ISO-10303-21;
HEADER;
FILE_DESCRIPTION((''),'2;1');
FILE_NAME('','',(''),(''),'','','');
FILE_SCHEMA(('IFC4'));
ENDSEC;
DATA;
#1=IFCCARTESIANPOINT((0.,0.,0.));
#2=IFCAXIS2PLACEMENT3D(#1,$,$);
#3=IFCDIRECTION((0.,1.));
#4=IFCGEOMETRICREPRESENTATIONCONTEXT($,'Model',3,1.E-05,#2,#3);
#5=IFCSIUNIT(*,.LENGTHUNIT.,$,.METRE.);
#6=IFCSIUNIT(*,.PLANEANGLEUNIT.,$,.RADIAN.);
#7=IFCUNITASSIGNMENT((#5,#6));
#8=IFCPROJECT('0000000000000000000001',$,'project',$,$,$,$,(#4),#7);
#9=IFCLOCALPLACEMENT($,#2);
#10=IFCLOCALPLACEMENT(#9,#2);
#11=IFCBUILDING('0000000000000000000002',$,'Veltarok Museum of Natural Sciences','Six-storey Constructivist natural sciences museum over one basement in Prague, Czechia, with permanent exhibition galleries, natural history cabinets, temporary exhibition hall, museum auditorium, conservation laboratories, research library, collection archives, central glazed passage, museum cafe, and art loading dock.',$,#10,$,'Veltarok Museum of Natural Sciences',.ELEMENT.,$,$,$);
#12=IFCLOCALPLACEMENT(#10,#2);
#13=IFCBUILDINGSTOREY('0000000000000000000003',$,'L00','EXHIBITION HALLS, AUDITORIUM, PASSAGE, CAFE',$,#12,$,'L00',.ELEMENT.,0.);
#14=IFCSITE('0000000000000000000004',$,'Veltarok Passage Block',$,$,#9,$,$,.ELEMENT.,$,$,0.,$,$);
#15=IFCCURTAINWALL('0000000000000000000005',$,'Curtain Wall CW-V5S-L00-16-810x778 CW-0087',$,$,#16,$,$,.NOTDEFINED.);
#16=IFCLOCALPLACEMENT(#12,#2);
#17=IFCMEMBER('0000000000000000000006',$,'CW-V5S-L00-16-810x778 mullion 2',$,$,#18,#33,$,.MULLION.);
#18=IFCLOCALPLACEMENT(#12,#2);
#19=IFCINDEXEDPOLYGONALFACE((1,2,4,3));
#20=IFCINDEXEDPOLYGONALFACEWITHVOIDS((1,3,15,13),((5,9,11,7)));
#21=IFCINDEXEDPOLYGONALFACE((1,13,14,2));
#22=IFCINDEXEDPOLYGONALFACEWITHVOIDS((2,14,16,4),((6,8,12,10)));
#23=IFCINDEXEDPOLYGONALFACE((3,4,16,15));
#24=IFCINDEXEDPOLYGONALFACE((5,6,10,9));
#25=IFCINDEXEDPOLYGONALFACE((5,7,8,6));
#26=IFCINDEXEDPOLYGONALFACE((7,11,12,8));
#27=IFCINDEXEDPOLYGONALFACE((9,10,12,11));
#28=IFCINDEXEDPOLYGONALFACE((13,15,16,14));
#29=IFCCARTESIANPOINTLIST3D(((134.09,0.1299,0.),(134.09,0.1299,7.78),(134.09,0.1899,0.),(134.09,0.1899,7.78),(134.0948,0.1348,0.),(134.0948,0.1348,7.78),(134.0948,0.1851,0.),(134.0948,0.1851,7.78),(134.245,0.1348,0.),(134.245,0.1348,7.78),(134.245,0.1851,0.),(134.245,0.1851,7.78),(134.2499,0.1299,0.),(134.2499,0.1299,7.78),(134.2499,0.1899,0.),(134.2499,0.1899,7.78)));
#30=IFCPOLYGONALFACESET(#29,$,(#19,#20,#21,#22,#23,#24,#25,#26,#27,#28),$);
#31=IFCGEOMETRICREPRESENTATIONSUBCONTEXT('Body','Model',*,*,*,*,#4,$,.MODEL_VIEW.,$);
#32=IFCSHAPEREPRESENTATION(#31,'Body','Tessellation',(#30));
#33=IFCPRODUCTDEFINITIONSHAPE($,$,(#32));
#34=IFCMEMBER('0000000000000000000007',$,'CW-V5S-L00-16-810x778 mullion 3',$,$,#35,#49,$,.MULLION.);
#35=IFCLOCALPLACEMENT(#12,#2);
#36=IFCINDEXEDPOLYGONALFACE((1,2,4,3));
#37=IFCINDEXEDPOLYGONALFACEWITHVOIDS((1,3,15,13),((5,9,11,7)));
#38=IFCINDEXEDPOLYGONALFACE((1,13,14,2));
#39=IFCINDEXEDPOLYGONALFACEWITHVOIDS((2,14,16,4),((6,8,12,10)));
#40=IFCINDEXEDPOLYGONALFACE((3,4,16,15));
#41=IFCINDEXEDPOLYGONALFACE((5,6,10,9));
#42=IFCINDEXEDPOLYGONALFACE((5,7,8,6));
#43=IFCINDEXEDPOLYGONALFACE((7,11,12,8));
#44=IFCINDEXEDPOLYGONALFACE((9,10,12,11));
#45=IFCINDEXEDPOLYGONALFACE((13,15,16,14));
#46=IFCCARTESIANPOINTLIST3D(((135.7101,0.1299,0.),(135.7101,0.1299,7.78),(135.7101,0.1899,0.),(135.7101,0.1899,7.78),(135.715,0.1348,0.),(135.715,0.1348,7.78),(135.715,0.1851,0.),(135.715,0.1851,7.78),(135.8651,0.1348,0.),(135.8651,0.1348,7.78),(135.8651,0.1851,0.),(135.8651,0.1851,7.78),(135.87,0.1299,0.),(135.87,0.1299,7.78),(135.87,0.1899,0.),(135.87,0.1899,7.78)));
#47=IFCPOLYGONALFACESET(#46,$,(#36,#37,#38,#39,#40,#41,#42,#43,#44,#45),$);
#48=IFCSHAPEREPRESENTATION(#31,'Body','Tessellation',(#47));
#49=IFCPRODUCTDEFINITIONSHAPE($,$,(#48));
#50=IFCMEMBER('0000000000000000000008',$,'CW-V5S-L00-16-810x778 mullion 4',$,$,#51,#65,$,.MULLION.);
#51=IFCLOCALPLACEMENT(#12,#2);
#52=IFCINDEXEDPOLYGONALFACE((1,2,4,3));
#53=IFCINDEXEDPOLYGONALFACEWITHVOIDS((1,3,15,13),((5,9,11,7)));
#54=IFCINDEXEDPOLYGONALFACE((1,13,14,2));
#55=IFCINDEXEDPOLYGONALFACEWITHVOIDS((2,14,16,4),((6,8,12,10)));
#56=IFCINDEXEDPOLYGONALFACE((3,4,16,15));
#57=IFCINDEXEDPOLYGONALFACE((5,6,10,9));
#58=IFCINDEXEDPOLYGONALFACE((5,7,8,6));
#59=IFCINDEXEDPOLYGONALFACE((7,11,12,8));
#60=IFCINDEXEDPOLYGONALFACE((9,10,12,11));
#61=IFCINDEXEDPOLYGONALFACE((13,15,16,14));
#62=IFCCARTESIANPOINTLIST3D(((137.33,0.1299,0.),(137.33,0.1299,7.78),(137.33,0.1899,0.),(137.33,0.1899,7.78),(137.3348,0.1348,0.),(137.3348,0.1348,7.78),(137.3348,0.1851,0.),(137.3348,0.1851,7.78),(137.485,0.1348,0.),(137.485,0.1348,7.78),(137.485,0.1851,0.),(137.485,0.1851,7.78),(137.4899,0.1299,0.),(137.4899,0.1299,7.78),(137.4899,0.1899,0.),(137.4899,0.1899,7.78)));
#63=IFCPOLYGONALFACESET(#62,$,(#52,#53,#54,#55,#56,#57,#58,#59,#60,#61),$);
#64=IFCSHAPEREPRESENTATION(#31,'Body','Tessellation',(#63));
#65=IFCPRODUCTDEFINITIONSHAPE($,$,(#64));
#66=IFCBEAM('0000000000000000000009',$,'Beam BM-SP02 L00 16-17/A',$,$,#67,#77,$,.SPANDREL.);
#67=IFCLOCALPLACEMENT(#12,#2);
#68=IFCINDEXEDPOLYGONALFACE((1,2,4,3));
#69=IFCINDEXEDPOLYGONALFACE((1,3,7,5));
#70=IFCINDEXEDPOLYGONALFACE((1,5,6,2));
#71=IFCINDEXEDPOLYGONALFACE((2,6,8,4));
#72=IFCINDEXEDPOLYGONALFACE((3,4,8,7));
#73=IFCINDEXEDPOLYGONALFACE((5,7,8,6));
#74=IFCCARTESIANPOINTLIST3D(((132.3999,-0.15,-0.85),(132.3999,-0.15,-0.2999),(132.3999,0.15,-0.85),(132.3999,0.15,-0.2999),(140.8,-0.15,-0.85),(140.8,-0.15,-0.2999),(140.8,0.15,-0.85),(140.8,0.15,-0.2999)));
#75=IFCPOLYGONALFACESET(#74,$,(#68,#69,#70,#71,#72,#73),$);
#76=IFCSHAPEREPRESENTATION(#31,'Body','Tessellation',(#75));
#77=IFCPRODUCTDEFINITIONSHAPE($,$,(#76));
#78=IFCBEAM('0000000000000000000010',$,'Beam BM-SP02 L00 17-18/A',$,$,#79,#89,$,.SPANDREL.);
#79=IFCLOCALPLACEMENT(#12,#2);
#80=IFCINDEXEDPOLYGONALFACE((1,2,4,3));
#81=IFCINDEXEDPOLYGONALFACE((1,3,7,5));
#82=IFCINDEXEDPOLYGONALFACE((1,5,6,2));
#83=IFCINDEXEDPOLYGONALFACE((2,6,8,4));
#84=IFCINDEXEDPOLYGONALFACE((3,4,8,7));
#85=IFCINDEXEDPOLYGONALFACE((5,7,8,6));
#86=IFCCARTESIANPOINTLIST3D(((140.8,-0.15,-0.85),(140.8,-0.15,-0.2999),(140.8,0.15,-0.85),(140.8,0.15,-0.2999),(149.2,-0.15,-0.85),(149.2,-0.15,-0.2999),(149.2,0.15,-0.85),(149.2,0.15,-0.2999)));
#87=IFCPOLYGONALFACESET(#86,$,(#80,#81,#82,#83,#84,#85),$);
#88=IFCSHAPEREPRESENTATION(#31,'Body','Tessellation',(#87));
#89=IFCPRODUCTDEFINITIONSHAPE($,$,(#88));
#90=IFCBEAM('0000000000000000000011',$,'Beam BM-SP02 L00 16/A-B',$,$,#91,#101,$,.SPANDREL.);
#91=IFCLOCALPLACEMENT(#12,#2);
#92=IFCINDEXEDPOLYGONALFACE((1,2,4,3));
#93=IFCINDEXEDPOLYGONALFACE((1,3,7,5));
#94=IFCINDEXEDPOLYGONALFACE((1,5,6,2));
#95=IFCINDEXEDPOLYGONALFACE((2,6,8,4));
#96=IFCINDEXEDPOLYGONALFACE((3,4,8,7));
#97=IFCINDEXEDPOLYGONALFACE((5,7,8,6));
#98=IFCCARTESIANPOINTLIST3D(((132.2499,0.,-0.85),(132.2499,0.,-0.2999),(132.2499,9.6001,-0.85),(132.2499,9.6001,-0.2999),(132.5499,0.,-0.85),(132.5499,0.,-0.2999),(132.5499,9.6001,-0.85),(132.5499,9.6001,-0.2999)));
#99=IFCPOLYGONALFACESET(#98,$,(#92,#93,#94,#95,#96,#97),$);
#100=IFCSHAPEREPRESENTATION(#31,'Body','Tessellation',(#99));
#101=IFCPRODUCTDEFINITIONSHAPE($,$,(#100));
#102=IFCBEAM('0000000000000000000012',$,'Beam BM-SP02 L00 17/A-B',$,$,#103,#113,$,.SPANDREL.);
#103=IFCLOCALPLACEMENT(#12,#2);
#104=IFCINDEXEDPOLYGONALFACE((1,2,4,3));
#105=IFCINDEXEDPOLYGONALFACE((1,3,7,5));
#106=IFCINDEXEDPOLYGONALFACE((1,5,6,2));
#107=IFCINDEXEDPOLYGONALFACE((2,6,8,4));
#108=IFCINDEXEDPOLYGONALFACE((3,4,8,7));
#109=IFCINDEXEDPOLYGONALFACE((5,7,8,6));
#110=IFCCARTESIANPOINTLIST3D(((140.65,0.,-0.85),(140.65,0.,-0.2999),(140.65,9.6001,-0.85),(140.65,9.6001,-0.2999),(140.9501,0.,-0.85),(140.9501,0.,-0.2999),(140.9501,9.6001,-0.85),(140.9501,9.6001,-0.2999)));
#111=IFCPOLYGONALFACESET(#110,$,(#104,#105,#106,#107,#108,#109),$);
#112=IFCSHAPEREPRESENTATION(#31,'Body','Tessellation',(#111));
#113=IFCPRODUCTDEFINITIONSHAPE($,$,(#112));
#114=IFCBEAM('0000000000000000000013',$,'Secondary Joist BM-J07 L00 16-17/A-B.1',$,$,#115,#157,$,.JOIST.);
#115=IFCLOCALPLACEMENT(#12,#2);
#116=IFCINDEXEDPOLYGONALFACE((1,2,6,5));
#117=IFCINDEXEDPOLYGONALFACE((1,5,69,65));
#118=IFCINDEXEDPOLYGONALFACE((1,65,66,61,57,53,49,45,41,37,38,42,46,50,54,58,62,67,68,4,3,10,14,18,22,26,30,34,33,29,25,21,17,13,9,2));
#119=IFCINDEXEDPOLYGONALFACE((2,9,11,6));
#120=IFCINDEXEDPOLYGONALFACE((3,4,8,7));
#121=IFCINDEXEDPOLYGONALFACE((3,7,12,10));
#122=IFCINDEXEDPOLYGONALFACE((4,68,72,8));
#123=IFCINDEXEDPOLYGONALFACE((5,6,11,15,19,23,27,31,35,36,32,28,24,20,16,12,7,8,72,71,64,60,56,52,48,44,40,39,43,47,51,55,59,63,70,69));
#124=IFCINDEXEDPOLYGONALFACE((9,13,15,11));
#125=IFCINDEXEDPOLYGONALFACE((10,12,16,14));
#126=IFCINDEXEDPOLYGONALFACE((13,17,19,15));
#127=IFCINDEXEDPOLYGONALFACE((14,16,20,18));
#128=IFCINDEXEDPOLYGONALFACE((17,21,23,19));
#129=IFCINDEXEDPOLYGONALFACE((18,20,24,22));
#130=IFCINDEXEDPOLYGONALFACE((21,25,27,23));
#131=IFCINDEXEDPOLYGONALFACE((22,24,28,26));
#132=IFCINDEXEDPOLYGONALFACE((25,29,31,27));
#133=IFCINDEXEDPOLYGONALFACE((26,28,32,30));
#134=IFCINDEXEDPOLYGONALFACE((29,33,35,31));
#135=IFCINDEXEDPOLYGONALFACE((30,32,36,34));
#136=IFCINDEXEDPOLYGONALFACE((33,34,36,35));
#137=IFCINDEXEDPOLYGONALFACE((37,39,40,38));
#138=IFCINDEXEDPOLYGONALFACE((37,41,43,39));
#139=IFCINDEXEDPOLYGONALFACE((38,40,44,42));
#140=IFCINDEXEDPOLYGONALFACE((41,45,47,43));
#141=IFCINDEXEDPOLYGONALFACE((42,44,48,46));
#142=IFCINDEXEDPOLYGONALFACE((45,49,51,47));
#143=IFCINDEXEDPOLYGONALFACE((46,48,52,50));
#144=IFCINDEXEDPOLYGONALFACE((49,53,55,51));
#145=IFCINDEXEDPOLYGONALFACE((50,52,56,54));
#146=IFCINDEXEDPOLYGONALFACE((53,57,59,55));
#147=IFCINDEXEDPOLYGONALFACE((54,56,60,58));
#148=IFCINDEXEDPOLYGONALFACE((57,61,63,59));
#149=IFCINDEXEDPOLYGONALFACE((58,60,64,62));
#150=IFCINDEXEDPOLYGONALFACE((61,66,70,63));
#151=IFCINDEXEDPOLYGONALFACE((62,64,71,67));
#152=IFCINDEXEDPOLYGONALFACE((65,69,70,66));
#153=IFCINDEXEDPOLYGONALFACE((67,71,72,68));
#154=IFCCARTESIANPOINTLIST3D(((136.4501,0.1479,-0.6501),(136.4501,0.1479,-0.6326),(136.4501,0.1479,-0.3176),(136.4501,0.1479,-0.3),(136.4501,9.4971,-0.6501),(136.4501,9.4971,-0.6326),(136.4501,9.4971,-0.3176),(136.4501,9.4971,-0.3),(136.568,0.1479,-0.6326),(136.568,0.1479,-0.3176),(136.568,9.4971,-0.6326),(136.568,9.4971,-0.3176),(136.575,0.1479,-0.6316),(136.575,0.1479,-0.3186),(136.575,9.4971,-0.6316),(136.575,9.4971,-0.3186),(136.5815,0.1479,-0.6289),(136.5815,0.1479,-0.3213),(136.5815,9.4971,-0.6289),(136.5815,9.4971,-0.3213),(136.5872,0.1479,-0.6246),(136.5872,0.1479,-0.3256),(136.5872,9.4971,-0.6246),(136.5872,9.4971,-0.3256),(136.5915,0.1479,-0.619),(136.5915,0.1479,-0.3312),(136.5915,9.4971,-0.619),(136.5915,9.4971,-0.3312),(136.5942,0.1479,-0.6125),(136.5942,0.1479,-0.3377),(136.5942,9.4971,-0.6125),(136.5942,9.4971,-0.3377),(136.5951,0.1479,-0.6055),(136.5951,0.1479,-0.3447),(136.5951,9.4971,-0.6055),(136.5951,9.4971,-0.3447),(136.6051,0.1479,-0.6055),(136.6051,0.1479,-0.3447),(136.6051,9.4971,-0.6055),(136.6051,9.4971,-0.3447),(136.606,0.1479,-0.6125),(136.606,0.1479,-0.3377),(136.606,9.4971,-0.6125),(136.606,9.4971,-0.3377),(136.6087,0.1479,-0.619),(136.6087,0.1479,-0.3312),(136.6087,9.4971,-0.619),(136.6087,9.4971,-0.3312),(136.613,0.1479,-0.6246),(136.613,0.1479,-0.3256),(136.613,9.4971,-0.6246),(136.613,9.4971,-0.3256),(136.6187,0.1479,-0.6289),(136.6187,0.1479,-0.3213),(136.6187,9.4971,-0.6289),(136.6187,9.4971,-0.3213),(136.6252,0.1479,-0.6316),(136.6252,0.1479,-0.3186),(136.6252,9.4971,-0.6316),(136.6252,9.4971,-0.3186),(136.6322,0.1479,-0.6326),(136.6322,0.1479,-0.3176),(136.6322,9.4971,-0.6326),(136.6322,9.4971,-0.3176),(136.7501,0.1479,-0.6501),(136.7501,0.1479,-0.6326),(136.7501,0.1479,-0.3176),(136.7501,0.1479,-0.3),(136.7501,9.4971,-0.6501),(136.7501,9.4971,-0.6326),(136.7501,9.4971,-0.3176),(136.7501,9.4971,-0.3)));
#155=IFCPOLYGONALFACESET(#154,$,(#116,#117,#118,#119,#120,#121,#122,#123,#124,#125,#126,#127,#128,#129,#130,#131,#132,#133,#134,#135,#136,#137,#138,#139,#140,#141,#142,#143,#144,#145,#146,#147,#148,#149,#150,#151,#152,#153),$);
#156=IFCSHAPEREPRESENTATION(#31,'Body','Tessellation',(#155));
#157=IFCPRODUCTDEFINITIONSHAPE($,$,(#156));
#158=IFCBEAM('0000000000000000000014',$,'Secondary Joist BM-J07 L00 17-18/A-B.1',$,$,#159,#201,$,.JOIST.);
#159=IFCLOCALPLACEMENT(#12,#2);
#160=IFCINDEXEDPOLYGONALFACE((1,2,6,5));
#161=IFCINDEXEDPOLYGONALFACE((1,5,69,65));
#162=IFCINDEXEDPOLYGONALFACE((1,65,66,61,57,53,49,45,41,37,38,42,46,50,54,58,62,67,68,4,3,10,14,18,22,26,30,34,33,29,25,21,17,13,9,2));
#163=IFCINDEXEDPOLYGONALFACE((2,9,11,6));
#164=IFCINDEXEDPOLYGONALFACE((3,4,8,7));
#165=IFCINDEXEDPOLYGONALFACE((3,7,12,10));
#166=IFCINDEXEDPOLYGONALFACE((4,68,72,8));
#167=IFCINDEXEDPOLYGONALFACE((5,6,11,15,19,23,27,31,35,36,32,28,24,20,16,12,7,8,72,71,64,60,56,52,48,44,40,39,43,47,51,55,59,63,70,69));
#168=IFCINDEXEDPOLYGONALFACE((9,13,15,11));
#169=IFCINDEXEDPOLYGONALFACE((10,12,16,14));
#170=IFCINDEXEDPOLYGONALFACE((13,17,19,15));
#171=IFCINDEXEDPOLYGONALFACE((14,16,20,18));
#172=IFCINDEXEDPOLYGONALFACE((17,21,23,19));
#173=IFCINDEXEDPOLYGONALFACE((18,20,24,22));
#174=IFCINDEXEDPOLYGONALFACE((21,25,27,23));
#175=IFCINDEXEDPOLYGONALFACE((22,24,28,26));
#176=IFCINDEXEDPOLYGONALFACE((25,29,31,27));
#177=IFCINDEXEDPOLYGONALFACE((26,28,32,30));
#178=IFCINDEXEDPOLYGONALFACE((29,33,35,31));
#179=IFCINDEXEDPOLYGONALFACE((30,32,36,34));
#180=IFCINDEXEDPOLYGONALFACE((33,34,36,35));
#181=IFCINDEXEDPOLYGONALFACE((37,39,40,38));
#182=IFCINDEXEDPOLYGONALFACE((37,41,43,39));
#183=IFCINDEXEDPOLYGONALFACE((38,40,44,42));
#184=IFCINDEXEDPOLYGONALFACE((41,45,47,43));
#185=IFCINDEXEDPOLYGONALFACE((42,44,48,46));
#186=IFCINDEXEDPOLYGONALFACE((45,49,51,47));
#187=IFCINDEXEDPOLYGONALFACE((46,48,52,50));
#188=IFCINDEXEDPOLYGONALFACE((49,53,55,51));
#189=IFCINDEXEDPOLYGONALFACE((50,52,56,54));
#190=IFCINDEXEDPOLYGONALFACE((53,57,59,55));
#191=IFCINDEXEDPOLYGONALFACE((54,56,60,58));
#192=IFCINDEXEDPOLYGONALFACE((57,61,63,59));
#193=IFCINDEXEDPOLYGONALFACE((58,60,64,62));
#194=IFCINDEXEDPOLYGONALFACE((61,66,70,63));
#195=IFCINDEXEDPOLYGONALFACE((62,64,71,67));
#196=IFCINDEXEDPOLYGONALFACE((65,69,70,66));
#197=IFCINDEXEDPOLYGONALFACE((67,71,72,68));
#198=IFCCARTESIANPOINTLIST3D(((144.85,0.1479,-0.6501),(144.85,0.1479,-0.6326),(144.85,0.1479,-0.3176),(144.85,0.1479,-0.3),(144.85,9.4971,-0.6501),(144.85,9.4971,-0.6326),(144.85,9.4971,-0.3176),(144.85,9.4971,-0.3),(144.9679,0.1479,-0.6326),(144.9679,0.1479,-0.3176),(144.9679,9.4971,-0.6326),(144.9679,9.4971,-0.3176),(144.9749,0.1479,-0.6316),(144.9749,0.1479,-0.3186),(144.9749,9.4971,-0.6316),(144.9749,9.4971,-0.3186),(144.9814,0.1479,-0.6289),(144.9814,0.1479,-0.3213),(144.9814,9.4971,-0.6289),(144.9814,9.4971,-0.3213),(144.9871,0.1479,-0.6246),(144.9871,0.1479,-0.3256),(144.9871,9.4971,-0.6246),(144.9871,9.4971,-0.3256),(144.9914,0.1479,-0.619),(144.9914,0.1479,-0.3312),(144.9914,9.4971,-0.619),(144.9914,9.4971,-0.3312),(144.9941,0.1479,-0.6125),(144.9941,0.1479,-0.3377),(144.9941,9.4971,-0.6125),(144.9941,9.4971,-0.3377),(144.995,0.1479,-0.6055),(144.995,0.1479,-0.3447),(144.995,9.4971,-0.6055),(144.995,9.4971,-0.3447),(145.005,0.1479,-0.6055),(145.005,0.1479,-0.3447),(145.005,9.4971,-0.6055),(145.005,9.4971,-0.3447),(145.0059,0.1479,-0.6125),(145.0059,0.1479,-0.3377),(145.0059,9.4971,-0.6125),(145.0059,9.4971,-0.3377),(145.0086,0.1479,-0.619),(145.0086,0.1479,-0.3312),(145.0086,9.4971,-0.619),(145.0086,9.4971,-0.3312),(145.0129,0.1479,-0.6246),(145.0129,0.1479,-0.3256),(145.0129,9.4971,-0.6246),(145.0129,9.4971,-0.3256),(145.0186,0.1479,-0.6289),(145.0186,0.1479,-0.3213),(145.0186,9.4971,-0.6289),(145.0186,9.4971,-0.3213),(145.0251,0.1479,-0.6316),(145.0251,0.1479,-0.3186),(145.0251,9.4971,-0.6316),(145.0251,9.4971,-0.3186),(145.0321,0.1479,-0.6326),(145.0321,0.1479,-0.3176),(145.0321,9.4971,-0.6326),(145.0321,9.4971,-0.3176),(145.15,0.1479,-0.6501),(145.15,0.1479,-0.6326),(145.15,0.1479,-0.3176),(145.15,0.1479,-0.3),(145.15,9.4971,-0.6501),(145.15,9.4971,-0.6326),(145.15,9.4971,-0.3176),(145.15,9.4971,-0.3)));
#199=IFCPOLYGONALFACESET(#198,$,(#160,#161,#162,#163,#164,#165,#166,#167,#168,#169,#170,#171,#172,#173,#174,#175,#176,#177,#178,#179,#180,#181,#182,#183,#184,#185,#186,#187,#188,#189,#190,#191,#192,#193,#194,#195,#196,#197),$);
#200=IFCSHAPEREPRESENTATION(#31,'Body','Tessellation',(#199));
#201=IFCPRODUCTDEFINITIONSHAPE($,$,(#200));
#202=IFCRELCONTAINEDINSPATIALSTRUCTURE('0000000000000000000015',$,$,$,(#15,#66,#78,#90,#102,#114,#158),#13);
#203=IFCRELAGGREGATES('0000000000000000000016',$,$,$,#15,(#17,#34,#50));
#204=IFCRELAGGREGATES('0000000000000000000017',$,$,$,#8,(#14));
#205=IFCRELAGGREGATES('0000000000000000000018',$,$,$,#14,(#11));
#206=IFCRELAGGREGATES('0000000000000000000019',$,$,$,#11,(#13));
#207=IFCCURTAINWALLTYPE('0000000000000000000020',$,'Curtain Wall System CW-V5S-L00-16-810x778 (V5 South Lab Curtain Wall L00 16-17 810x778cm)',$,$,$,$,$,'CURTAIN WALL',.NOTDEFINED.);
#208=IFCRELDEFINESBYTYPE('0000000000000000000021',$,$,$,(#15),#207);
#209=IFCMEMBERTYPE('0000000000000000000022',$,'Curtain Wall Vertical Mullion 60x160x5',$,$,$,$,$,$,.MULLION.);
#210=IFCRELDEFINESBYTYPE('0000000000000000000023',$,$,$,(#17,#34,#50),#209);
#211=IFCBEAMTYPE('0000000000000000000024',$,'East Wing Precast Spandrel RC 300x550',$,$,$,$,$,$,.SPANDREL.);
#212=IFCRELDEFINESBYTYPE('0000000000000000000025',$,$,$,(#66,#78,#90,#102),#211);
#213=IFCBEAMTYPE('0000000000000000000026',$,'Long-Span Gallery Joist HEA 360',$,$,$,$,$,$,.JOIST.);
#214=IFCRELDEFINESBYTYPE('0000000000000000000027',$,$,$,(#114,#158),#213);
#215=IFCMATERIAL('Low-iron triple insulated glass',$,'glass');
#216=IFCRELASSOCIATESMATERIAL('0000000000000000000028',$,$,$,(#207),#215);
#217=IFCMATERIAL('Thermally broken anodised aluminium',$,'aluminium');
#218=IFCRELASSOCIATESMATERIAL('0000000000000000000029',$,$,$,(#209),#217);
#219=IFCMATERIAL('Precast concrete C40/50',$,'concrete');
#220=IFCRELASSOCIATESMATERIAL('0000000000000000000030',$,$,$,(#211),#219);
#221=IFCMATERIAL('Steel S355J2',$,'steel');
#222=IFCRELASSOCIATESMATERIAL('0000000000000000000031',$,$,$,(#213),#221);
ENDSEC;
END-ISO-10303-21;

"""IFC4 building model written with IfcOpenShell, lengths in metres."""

from ifc_helpers import new_model, si_unit, direction, frame, origin, origin_2d, place, context, subcontext, project, spatial, rectangle, hollow_rectangle, i_section, extrude, material, material_profile, profile_set, type_object, element, aggregate, save


model = new_model("IFC4")

# Units and contexts
model_context = context("Model", 3, precision=1e-05, world=origin(), true_north=direction((0.0, 1.0)))
body_context = subcontext(model_context, "Body", "Model", "MODEL_VIEW")
ifc_project = project(units=[si_unit("LENGTHUNIT", "METRE"), si_unit("PLANEANGLEUNIT", "RADIAN")], contexts=[model_context])

# Site, building, storey
site_placement = place(None, origin())
site = spatial("IfcSite", under=ifc_project, at=site_placement, Name="Veltarok Passage Block", CompositionType="ELEMENT", RefElevation=0.0)
building_placement = place(site_placement, origin())
building = spatial("IfcBuilding", under=site, at=building_placement, Name="Veltarok Museum of Natural Sciences", Description="Six-storey Constructivist natural sciences museum over one basement in Prague, Czechia, with permanent exhibition galleries, natural history cabinets, temporary exhibition hall, museum auditorium, conservation laboratories, research library, collection archives, central glazed passage, museum cafe, and art loading dock.", LongName="Veltarok Museum of Natural Sciences", CompositionType="ELEMENT")
storey_placement = place(building_placement, origin())
storey = spatial("IfcBuildingStorey", under=building, at=storey_placement, Name="L00", Description="EXHIBITION HALLS, AUDITORIUM, PASSAGE, CAFE", LongName="L00", CompositionType="ELEMENT", Elevation=0.0)

# Shared definitions
ifc_material_1 = material(Name="Steel S355J2", Category="steel")

# Curtain wall
ifc_material_2 = material(Name="Low-iron triple insulated glass", Category="glass")
curtain_wall_type_1 = type_object("IfcCurtainWallType", Name="Curtain Wall System CW-V5S-L00-16-810x778 (V5 South Lab Curtain Wall L00 16-17 810x778cm)", ElementType="CURTAIN WALL", PredefinedType="NOTDEFINED", material=ifc_material_2)
curtain_wall_1_placement = place(storey_placement, origin())
curtain_wall_1 = element("IfcCurtainWall", 1, at=curtain_wall_1_placement, inside=storey, type_object=curtain_wall_type_1, Name="Curtain Wall CW-V5S-L00-16-810x778 CW-0087", PredefinedType="NOTDEFINED")
ifc_material_3 = material(Name="Thermally broken anodised aluminium", Category="aluminium")

# Shared definitions
ifc_material_profile_1 = material_profile(ifc_material_3, hollow_rectangle(XDim=0.0601, YDim=0.1599, WallThickness=0.0049, at=origin_2d()), Name="CW MULLION 60x160x5")
ifc_profile_set_1 = profile_set([ifc_material_profile_1], Name="Thermally broken anodised aluminium")
member_type_1 = type_object("IfcMemberType", Name="Curtain Wall Vertical Mullion 60x160x5", PredefinedType="MULLION", material=ifc_profile_set_1)

# Members
member_1_placement = place(storey_placement, frame((134.1699, 0.1599, 0.0), z_axis=(0.0, 0.0, 1.0), x_axis=(0.0, 1.0, 0.0)))
member_1 = element("IfcMember", 2, at=member_1_placement, type_object=member_type_1, Name="CW-V5S-L00-16-810x778 mullion 2", PredefinedType="MULLION", context=body_context, shape_type="SweptSolid", body=[
    extrude(hollow_rectangle(XDim=0.0601, YDim=0.1599, WallThickness=0.0049, at=origin_2d()), origin(), (0.0, 0.0, 1.0), 7.78),
])
member_2_placement = place(storey_placement, frame((135.79, 0.1599, 0.0), z_axis=(0.0, 0.0, 1.0), x_axis=(0.0, 1.0, 0.0)))
member_2 = element("IfcMember", 3, at=member_2_placement, type_object=member_type_1, Name="CW-V5S-L00-16-810x778 mullion 3", PredefinedType="MULLION", context=body_context, shape_type="SweptSolid", body=[
    extrude(hollow_rectangle(XDim=0.0601, YDim=0.1599, WallThickness=0.0049, at=origin_2d()), origin(), (0.0, 0.0, 1.0), 7.78),
])
member_3_placement = place(storey_placement, frame((137.4099, 0.1599, 0.0), z_axis=(0.0, 0.0, 1.0), x_axis=(0.0, 1.0, 0.0)))
member_3 = element("IfcMember", 4, at=member_3_placement, type_object=member_type_1, Name="CW-V5S-L00-16-810x778 mullion 4", PredefinedType="MULLION", context=body_context, shape_type="SweptSolid", body=[
    extrude(hollow_rectangle(XDim=0.0601, YDim=0.1599, WallThickness=0.0049, at=origin_2d()), origin(), (0.0, 0.0, 1.0), 7.78),
])

# Beams
ifc_material_4 = material(Name="Precast concrete C40/50", Category="concrete")
ifc_material_profile_2 = material_profile(ifc_material_4, rectangle(XDim=0.3, YDim=0.55, at=origin_2d()), Name="RC 300x550")
ifc_profile_set_2 = profile_set([ifc_material_profile_2], Name="Precast concrete C40/50")
beam_type_1 = type_object("IfcBeamType", Name="East Wing Precast Spandrel RC 300x550", PredefinedType="SPANDREL", material=ifc_profile_set_2)
beam_1_placement = place(storey_placement, frame((132.3999, 0.0, -0.575), z_axis=(1.0, 0.0, 0.0), x_axis=(0.0, 1.0, 0.0)))
element("IfcBeam", 5, at=beam_1_placement, inside=storey, type_object=beam_type_1, Name="Beam BM-SP02 L00 16-17/A", PredefinedType="SPANDREL", context=body_context, shape_type="SweptSolid", body=[
    extrude(rectangle(XDim=0.3, YDim=0.55, at=origin_2d()), origin(), (0.0, 0.0, 1.0), 8.4001),
])
beam_2_placement = place(storey_placement, frame((140.8, 0.0, -0.575), z_axis=(1.0, 0.0, 0.0), x_axis=(0.0, 1.0, 0.0)))
element("IfcBeam", 6, at=beam_2_placement, inside=storey, type_object=beam_type_1, Name="Beam BM-SP02 L00 17-18/A", PredefinedType="SPANDREL", context=body_context, shape_type="SweptSolid", body=[
    extrude(rectangle(XDim=0.3, YDim=0.55, at=origin_2d()), origin(), (0.0, 0.0, 1.0), 8.3999),
])
for number, where, z_axis, x_axis, name in (
    (7, (132.3999, 0.0, -0.575), (0.0, 1.0, 0.0), (-1.0, 0.0, 0.0), "Beam BM-SP02 L00 16/A-B"),
    (8, (140.8, 0.0, -0.575), (0.0, 1.0, 0.0), (-1.0, 0.0, 0.0), "Beam BM-SP02 L00 17/A-B"),
):
    element("IfcBeam", number, at=place(storey_placement, frame(where, z_axis=z_axis, x_axis=x_axis)), inside=storey, type_object=beam_type_1, Name=name, PredefinedType="SPANDREL", context=body_context, shape_type="SweptSolid", body=[
        extrude(rectangle(XDim=0.3, YDim=0.55, at=origin_2d()), origin(), (0.0, 0.0, 1.0), 9.6001),
    ])
ifc_material_profile_3 = material_profile(ifc_material_1, i_section(OverallWidth=0.3, OverallDepth=0.3501, WebThickness=0.01, FlangeThickness=0.0176, FilletRadius=0.0271, at=origin_2d()), Name="HEA 360")
ifc_profile_set_3 = profile_set([ifc_material_profile_3], Name="Steel S355J2")
beam_type_2 = type_object("IfcBeamType", Name="Long-Span Gallery Joist HEA 360", PredefinedType="JOIST", material=ifc_profile_set_3)
for number, where, z_axis, x_axis, name in (
    (9, (136.6001, 0.1479, -0.4751), (0.0, 1.0, 0.0), (-1.0, 0.0, 0.0), "Secondary Joist BM-J07 L00 16-17/A-B.1"),
    (10, (145.0, 0.1479, -0.4751), (0.0, 1.0, 0.0), (-1.0, 0.0, 0.0), "Secondary Joist BM-J07 L00 17-18/A-B.1"),
):
    element("IfcBeam", number, at=place(storey_placement, frame(where, z_axis=z_axis, x_axis=x_axis)), inside=storey, type_object=beam_type_2, Name=name, PredefinedType="JOIST", context=body_context, shape_type="SweptSolid", body=[
        extrude(i_section(OverallWidth=0.3, OverallDepth=0.3501, WebThickness=0.01, FlangeThickness=0.0176, FilletRadius=0.0271, at=origin_2d()), origin(), (0.0, 0.0, 1.0), 9.3491),
    ])

aggregate(curtain_wall_1, [member_1, member_2, member_3])

save(model, "model.ifc")
